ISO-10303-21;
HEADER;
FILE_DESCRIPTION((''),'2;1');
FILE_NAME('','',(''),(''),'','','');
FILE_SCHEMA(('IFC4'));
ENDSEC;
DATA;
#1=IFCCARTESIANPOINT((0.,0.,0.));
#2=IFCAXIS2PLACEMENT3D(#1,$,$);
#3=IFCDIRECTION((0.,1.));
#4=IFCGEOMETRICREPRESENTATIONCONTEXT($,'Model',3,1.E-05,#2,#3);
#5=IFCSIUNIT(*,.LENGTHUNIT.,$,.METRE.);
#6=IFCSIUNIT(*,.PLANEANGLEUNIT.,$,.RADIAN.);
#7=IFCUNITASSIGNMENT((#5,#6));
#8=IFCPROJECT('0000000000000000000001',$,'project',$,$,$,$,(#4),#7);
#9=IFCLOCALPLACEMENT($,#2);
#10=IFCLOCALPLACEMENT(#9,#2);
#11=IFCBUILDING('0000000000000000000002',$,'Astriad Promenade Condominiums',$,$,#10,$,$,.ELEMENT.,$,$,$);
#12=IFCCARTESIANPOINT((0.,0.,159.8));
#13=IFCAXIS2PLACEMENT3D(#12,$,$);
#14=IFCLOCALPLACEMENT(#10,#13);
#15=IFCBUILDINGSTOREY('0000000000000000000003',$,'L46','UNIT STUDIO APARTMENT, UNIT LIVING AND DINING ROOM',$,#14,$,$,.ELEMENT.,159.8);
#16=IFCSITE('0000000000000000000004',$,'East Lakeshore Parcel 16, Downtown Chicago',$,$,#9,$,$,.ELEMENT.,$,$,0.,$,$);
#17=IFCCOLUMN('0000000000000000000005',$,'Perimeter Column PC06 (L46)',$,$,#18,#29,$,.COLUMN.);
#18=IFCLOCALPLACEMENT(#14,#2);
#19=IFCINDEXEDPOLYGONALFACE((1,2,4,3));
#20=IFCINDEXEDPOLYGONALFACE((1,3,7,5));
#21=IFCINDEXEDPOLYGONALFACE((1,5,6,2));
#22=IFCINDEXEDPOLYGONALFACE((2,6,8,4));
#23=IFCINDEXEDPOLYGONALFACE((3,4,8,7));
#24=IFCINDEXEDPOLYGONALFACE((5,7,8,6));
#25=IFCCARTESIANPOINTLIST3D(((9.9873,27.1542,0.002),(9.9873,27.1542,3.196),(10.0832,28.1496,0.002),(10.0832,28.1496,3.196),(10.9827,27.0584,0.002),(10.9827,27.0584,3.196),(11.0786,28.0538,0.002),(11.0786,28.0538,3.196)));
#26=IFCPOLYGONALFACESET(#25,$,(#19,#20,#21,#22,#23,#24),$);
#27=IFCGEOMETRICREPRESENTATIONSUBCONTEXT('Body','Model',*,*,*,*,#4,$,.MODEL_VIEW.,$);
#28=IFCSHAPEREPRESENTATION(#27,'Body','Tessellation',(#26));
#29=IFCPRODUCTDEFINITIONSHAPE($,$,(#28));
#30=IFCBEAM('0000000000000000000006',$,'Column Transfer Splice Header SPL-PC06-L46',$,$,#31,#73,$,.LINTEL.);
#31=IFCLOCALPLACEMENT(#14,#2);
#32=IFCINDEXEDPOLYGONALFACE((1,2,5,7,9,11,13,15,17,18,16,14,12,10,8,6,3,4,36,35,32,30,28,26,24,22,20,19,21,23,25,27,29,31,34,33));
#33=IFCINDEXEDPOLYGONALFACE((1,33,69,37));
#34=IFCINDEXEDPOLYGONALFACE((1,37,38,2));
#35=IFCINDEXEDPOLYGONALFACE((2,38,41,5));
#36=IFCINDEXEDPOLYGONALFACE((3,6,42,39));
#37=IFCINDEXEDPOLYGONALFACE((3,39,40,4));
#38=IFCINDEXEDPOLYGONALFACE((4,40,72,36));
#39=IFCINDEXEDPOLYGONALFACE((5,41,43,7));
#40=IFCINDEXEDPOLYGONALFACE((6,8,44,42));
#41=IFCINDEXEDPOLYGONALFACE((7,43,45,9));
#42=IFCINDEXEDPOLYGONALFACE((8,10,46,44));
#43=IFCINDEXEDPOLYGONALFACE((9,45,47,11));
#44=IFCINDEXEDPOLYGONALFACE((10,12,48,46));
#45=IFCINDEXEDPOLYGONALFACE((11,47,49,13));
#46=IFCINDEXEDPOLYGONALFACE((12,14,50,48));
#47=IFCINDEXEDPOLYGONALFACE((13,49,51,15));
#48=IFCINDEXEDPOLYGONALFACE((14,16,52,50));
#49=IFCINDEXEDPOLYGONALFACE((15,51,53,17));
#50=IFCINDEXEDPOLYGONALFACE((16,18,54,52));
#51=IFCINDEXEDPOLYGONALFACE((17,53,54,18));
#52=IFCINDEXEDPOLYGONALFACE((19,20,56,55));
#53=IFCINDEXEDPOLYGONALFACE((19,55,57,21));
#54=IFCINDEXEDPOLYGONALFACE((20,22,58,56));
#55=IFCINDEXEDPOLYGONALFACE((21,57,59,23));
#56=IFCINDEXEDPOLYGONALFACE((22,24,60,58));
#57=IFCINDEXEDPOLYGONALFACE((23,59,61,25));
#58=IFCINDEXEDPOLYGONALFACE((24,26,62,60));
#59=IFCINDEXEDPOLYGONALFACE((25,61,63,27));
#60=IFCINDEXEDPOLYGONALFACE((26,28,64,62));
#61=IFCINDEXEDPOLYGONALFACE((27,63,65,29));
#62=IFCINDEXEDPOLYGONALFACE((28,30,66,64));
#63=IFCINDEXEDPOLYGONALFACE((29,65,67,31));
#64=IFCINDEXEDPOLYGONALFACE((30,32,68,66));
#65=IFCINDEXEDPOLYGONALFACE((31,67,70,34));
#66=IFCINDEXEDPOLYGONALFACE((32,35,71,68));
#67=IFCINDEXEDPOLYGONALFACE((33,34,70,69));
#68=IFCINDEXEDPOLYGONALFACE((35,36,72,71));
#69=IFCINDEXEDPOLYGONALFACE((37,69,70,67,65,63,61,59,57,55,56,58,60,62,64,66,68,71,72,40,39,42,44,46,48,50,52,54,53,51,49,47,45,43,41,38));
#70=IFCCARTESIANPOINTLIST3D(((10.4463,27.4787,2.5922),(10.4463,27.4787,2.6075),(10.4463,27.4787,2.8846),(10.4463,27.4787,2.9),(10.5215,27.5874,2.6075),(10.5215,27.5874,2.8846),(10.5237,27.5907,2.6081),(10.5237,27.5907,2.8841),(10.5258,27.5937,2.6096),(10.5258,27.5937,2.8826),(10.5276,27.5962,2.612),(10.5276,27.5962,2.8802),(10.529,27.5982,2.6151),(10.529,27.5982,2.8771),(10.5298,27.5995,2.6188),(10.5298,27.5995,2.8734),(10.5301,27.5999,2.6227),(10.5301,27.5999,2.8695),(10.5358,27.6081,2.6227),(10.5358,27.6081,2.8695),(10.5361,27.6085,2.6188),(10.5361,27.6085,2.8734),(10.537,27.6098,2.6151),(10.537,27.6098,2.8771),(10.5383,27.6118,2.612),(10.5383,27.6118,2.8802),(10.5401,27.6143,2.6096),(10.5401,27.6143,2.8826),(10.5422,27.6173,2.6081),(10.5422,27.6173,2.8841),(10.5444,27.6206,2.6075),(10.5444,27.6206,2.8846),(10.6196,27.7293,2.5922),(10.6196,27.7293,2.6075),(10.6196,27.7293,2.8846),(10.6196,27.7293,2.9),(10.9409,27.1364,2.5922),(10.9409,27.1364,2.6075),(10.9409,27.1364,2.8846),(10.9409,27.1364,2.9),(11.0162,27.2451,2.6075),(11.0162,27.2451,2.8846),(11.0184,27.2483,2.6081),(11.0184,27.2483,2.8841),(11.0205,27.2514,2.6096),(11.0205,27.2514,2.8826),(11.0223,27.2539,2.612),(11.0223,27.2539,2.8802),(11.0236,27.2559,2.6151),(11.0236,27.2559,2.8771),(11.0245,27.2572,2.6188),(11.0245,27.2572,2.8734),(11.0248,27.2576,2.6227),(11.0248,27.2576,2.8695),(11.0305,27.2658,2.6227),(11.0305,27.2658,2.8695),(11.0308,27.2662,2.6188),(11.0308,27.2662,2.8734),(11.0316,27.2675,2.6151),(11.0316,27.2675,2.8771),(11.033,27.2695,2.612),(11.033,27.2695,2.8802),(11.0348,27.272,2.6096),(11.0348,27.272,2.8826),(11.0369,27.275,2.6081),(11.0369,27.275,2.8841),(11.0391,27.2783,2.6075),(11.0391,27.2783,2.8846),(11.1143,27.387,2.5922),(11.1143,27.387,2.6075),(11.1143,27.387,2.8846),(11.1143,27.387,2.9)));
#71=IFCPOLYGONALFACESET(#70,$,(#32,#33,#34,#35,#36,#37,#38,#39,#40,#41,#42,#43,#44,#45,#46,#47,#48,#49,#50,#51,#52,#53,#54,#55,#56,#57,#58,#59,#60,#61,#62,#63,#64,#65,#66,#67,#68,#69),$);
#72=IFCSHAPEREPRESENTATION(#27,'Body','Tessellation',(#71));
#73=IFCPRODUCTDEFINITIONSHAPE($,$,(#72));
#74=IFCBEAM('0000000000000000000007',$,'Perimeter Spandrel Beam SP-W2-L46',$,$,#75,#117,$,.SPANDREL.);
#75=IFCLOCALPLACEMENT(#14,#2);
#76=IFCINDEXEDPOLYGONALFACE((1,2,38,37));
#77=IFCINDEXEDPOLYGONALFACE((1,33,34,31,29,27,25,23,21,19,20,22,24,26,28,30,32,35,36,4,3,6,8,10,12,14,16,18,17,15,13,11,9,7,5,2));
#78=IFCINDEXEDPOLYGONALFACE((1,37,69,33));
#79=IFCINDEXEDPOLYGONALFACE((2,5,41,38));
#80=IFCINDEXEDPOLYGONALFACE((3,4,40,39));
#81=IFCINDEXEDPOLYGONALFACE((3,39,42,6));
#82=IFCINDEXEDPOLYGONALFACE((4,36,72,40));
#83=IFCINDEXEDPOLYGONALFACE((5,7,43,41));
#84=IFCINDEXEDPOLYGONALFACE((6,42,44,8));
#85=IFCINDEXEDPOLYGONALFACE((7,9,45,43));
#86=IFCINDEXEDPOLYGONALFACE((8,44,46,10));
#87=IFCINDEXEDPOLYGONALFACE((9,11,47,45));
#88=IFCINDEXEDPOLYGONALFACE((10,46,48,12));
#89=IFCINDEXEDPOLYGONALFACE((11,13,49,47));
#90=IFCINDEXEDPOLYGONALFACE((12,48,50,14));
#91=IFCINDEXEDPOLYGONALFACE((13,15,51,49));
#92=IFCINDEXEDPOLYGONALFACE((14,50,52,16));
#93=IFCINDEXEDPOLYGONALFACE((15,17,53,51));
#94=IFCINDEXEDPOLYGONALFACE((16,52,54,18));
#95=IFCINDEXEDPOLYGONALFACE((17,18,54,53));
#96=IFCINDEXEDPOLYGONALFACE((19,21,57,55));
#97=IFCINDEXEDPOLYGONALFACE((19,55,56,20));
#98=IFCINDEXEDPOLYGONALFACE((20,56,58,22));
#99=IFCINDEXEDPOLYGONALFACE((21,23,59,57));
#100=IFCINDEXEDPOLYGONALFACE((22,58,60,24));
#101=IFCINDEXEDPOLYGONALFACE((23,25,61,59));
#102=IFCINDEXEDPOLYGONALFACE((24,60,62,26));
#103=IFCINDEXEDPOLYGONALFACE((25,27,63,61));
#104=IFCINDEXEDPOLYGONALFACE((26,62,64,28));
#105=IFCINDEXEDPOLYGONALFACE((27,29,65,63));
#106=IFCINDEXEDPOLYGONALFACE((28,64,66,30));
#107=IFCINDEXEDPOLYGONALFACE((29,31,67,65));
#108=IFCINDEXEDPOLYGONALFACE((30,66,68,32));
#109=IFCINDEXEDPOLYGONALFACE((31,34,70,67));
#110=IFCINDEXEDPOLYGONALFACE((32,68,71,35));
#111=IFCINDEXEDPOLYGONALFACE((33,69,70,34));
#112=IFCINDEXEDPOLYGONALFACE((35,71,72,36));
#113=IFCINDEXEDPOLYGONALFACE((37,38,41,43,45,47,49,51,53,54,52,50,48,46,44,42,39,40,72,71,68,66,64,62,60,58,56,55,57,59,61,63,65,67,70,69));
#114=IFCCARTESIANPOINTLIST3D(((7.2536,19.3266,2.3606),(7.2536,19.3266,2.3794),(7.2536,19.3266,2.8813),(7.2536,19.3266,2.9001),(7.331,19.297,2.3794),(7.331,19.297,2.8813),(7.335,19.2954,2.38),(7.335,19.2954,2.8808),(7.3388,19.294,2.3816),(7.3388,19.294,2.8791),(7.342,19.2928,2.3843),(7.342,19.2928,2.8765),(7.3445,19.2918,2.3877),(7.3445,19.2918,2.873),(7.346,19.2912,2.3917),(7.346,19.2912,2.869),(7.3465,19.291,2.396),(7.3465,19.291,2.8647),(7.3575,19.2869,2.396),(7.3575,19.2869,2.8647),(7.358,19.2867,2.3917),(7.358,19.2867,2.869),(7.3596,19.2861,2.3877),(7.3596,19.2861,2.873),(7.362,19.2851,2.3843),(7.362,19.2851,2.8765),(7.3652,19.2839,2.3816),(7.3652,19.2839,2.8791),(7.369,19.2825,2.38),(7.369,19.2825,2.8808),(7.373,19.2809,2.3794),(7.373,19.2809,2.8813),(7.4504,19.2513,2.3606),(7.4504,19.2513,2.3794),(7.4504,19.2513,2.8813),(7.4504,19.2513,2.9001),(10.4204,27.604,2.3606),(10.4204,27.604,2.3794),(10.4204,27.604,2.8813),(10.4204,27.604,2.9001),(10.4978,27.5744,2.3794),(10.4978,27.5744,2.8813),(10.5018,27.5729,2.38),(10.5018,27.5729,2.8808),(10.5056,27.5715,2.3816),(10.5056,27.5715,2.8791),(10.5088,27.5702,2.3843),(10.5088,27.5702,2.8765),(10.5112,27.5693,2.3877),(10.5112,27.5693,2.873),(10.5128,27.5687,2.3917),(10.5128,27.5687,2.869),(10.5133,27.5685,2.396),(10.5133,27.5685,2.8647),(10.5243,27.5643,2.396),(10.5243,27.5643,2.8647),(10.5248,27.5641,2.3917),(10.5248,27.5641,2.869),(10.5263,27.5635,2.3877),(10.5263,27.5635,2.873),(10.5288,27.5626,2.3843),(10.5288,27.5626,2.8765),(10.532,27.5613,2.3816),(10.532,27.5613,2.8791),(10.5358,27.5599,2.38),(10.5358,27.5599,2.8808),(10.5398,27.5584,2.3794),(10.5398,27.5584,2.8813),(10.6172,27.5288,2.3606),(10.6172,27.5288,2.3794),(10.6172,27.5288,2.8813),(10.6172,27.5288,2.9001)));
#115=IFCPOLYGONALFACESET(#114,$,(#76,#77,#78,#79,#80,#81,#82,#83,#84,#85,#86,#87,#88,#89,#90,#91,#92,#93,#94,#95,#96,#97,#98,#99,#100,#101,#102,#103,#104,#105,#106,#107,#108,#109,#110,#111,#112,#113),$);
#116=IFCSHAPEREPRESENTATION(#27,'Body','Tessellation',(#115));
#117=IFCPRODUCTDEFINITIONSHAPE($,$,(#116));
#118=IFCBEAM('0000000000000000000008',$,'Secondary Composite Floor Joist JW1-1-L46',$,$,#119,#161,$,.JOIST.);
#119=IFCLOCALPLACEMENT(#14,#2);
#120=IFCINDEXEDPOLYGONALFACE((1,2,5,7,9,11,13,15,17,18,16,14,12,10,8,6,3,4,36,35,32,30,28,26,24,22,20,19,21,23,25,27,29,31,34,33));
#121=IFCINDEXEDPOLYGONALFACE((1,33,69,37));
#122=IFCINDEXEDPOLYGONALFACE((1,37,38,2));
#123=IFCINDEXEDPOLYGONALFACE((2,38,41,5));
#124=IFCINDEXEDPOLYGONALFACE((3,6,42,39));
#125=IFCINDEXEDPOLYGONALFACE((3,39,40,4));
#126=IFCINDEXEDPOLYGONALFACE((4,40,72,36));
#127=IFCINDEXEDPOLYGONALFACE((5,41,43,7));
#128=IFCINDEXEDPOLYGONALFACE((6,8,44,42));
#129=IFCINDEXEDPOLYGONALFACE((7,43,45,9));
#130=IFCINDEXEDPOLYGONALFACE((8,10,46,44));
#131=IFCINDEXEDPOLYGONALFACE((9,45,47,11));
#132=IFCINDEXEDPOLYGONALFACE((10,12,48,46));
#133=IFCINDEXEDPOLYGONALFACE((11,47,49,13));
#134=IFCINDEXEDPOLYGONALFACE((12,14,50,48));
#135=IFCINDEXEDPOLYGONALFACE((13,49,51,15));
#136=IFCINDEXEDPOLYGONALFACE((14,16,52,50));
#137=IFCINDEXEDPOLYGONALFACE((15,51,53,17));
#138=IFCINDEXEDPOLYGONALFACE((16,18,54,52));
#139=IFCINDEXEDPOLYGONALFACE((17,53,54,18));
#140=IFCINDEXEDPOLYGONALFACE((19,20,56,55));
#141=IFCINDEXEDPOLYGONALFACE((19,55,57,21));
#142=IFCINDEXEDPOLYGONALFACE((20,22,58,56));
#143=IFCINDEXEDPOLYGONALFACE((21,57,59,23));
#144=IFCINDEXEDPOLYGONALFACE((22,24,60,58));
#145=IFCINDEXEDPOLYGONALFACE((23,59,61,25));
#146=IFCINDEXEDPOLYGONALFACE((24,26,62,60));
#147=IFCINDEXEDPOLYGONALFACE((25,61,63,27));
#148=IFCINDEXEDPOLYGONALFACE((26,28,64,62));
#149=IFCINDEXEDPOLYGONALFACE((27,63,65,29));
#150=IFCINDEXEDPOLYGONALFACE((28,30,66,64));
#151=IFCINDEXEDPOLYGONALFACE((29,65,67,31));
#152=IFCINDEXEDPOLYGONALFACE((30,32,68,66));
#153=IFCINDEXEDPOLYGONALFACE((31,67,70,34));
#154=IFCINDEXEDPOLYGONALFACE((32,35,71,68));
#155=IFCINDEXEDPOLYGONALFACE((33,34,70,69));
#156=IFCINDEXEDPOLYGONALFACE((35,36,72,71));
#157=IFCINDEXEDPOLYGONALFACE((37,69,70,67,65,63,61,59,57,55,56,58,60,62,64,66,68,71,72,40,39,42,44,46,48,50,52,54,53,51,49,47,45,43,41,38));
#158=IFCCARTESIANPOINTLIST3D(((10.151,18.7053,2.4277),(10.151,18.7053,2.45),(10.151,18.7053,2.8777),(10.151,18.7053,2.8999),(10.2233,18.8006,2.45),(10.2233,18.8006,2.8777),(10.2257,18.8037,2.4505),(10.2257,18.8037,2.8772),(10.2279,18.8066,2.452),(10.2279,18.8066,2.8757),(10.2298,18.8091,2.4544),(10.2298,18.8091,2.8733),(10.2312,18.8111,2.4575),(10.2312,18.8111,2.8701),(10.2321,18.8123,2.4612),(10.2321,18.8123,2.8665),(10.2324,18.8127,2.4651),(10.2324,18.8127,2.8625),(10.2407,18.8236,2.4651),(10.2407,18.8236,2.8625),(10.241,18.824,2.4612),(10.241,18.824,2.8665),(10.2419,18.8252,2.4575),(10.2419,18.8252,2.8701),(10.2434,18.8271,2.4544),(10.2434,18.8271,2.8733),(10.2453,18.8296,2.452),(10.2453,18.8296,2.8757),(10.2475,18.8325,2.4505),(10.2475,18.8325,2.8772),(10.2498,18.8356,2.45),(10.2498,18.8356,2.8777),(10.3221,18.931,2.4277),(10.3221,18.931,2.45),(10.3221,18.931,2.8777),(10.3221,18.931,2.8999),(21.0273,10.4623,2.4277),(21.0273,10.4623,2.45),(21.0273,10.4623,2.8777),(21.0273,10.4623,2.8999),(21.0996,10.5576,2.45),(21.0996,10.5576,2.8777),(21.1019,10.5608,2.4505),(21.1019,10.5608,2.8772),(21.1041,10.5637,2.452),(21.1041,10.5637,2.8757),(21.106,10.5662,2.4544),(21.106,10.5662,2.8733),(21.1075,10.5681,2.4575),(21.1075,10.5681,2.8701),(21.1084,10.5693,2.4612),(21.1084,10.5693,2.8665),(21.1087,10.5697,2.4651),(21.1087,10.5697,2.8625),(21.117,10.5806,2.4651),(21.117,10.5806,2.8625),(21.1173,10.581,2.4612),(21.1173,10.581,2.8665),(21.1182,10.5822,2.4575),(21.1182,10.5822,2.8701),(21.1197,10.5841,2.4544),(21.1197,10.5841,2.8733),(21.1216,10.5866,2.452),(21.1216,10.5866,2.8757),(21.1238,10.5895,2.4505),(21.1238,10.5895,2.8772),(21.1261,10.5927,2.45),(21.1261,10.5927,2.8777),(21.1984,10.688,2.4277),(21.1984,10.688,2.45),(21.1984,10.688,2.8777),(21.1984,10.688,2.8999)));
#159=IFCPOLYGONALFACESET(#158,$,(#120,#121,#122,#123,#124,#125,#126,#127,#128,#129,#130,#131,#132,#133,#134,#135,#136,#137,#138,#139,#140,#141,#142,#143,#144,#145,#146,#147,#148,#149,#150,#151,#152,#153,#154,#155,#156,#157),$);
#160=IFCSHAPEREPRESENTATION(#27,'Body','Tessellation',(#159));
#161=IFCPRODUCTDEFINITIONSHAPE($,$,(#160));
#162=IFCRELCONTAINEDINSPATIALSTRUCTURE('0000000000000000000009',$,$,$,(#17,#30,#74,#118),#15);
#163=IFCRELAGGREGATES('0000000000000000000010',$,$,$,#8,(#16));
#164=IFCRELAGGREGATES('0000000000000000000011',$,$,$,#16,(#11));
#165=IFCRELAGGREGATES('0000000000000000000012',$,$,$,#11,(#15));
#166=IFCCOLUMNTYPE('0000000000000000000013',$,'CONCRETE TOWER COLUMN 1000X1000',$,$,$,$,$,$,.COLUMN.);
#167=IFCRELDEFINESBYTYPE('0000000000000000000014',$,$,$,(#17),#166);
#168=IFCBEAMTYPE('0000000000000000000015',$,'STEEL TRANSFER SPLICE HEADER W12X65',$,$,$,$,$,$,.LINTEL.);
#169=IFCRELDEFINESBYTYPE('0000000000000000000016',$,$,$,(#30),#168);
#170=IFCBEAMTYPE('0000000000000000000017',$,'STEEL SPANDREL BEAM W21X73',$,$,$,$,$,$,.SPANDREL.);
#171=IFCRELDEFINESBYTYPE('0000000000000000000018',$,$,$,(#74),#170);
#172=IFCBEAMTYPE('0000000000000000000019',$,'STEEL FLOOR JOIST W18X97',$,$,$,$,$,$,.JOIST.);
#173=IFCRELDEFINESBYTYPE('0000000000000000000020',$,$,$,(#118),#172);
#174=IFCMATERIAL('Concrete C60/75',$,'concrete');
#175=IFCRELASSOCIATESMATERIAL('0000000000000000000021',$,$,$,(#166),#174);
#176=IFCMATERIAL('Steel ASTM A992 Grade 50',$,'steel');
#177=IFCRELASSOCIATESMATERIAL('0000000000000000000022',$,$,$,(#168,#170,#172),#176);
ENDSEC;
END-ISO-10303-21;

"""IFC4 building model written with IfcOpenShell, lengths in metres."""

from ifc_helpers import new_model, si_unit, direction, frame, origin, origin_2d, place, context, subcontext, project, spatial, rectangle, i_section, extrude, source, transform, mapped, material, material_profile, profile_set, type_object, type_shapes, element, save


model = new_model("IFC4")

# Units and contexts
model_context = context("Model", 3, precision=1e-05, world=origin(), true_north=direction((0.0, 1.0)))
body_context = subcontext(model_context, "Body", "Model", "MODEL_VIEW")
ifc_project = project(units=[si_unit("LENGTHUNIT", "METRE"), si_unit("PLANEANGLEUNIT", "RADIAN")], contexts=[model_context])

# Site, building, storey
site_placement = place(None, origin())
site = spatial("IfcSite", under=ifc_project, at=site_placement, Name="East Lakeshore Parcel 16, Downtown Chicago", CompositionType="ELEMENT", RefElevation=0.0)
building_placement = place(site_placement, origin())
building = spatial("IfcBuilding", under=site, at=building_placement, Name="Astriad Promenade Condominiums", CompositionType="ELEMENT")
storey_placement = place(building_placement, frame((0.0, 0.0, 159.8)))
storey = spatial("IfcBuildingStorey", under=building, at=storey_placement, Name="L46", Description="UNIT STUDIO APARTMENT, UNIT LIVING AND DINING ROOM", CompositionType="ELEMENT", Elevation=159.8)

# Column
ifc_material_1 = material(Name="Concrete C60/75", Category="concrete")
ifc_material_profile_1 = material_profile(ifc_material_1, rectangle(XDim=1.0, YDim=1.0, at=origin_2d()), Name="RC-COL-1000X1000")
ifc_profile_set_1 = profile_set([ifc_material_profile_1], Name="Concrete C60/75")
column_type = type_object("IfcColumnType", Name="CONCRETE TOWER COLUMN 1000X1000", PredefinedType="COLUMN", material=ifc_profile_set_1)
shared_shape_1 = source(origin(), body_context, "Body", "SweptSolid", [
    extrude(rectangle(XDim=1.0, YDim=1.0, at=origin_2d()), origin(), (0.0, 0.0, 1.0), 3.1941),
])
type_shapes(column_type, [shared_shape_1])
column_placement = place(storey_placement, frame((10.533, 27.604, 0.002), z_axis=(0.0, 0.0, 1.0), x_axis=(0.995396, -0.095846, 0.0)))
element("IfcColumn", 1, at=column_placement, inside=storey, type_object=column_type, Name="Perimeter Column PC06 (L46)", PredefinedType="COLUMN", context=body_context, shape_type="MappedRepresentation", body=[
    mapped(shared_shape_1, transform((0.0, 0.0, 0.0), scale=1.0)),
])

# Beams
ifc_material_2 = material(Name="Steel ASTM A992 Grade 50", Category="steel")
ifc_material_profile_2 = material_profile(ifc_material_2, i_section(OverallWidth=0.3047, OverallDepth=0.3079, WebThickness=0.01, FlangeThickness=0.0154, FilletRadius=0.0151, at=origin_2d()), Name="W12X65")
ifc_profile_set_2 = profile_set([ifc_material_profile_2], Name="Steel ASTM A992 Grade 50")
beam_type_1 = type_object("IfcBeamType", Name="STEEL TRANSFER SPLICE HEADER W12X65", PredefinedType="LINTEL", material=ifc_profile_set_2)
shared_shape_2 = source(origin(), body_context, "Body", "SweptSolid", [
    extrude(i_section(OverallWidth=0.3047, OverallDepth=0.3079, WebThickness=0.01, FlangeThickness=0.0154, FilletRadius=0.0151, at=origin_2d()), origin(), (0.0, 0.0, 1.0), 0.6016),
])
type_shapes(beam_type_1, [shared_shape_2])
beam_1_placement = place(storey_placement, frame((10.533, 27.604, 2.7461), z_axis=(0.822309, -0.569041, 0.0), x_axis=(0.569041, 0.822309, 0.0)))
element("IfcBeam", 2, at=beam_1_placement, inside=storey, type_object=beam_type_1, Name="Column Transfer Splice Header SPL-PC06-L46", PredefinedType="LINTEL", context=body_context, shape_type="MappedRepresentation", body=[
    mapped(shared_shape_2, transform((0.0, 0.0, 0.0), scale=1.0)),
])
ifc_material_profile_3 = material_profile(ifc_material_2, i_section(OverallWidth=0.2107, OverallDepth=0.5396, WebThickness=0.0117, FlangeThickness=0.0188, FilletRadius=0.0166, at=origin_2d()), Name="W21X73")
ifc_profile_set_3 = profile_set([ifc_material_profile_3], Name="Steel ASTM A992 Grade 50")
beam_type_2 = type_object("IfcBeamType", Name="STEEL SPANDREL BEAM W21X73", PredefinedType="SPANDREL", material=ifc_profile_set_3)
shared_shape_3 = source(origin(), body_context, "Body", "SweptSolid", [
    extrude(i_section(OverallWidth=0.2107, OverallDepth=0.5396, WebThickness=0.0117, FlangeThickness=0.0188, FilletRadius=0.0166, at=origin_2d()), origin(), (0.0, 0.0, 1.0), 8.8625),
])
type_shapes(beam_type_2, [shared_shape_3])
beam_2_placement = place(storey_placement, frame((10.5188, 27.5664, 2.6304), z_axis=(-0.357323, -0.933981, 0.0), x_axis=(0.933981, -0.357323, 0.0)))
element("IfcBeam", 3, at=beam_2_placement, inside=storey, type_object=beam_type_2, Name="Perimeter Spandrel Beam SP-W2-L46", PredefinedType="SPANDREL", context=body_context, shape_type="MappedRepresentation", body=[
    mapped(shared_shape_3, transform((0.0, 0.0, 0.0), scale=1.0)),
])
ifc_material_profile_4 = material_profile(ifc_material_2, i_section(OverallWidth=0.2832, OverallDepth=0.4722, WebThickness=0.0137, FlangeThickness=0.0222, FilletRadius=0.0151, at=origin_2d()), Name="W18X97")
ifc_profile_set_4 = profile_set([ifc_material_profile_4], Name="Steel ASTM A992 Grade 50")
beam_type_3 = type_object("IfcBeamType", Name="STEEL FLOOR JOIST W18X97", PredefinedType="JOIST", material=ifc_profile_set_4)
shared_shape_4 = source(origin(), body_context, "Body", "SweptSolid", [
    extrude(i_section(OverallWidth=0.2832, OverallDepth=0.4722, WebThickness=0.0137, FlangeThickness=0.0222, FilletRadius=0.0151, at=origin_2d()), origin(), (0.0, 0.0, 1.0), 13.647),
])
beam_3_placement = place(storey_placement, frame((10.2366, 18.8181, 2.6638), z_axis=(0.796974, -0.604014, 0.0), x_axis=(0.604014, 0.796974, 0.0)))
element("IfcBeam", 4, at=beam_3_placement, inside=storey, type_object=beam_type_3, Name="Secondary Composite Floor Joist JW1-1-L46", PredefinedType="JOIST", context=body_context, shape_type="MappedRepresentation", body=[
    mapped(shared_shape_4, transform((0.0, 0.0, 0.0), scale=1.0)),
])

save(model, "model.ifc")
